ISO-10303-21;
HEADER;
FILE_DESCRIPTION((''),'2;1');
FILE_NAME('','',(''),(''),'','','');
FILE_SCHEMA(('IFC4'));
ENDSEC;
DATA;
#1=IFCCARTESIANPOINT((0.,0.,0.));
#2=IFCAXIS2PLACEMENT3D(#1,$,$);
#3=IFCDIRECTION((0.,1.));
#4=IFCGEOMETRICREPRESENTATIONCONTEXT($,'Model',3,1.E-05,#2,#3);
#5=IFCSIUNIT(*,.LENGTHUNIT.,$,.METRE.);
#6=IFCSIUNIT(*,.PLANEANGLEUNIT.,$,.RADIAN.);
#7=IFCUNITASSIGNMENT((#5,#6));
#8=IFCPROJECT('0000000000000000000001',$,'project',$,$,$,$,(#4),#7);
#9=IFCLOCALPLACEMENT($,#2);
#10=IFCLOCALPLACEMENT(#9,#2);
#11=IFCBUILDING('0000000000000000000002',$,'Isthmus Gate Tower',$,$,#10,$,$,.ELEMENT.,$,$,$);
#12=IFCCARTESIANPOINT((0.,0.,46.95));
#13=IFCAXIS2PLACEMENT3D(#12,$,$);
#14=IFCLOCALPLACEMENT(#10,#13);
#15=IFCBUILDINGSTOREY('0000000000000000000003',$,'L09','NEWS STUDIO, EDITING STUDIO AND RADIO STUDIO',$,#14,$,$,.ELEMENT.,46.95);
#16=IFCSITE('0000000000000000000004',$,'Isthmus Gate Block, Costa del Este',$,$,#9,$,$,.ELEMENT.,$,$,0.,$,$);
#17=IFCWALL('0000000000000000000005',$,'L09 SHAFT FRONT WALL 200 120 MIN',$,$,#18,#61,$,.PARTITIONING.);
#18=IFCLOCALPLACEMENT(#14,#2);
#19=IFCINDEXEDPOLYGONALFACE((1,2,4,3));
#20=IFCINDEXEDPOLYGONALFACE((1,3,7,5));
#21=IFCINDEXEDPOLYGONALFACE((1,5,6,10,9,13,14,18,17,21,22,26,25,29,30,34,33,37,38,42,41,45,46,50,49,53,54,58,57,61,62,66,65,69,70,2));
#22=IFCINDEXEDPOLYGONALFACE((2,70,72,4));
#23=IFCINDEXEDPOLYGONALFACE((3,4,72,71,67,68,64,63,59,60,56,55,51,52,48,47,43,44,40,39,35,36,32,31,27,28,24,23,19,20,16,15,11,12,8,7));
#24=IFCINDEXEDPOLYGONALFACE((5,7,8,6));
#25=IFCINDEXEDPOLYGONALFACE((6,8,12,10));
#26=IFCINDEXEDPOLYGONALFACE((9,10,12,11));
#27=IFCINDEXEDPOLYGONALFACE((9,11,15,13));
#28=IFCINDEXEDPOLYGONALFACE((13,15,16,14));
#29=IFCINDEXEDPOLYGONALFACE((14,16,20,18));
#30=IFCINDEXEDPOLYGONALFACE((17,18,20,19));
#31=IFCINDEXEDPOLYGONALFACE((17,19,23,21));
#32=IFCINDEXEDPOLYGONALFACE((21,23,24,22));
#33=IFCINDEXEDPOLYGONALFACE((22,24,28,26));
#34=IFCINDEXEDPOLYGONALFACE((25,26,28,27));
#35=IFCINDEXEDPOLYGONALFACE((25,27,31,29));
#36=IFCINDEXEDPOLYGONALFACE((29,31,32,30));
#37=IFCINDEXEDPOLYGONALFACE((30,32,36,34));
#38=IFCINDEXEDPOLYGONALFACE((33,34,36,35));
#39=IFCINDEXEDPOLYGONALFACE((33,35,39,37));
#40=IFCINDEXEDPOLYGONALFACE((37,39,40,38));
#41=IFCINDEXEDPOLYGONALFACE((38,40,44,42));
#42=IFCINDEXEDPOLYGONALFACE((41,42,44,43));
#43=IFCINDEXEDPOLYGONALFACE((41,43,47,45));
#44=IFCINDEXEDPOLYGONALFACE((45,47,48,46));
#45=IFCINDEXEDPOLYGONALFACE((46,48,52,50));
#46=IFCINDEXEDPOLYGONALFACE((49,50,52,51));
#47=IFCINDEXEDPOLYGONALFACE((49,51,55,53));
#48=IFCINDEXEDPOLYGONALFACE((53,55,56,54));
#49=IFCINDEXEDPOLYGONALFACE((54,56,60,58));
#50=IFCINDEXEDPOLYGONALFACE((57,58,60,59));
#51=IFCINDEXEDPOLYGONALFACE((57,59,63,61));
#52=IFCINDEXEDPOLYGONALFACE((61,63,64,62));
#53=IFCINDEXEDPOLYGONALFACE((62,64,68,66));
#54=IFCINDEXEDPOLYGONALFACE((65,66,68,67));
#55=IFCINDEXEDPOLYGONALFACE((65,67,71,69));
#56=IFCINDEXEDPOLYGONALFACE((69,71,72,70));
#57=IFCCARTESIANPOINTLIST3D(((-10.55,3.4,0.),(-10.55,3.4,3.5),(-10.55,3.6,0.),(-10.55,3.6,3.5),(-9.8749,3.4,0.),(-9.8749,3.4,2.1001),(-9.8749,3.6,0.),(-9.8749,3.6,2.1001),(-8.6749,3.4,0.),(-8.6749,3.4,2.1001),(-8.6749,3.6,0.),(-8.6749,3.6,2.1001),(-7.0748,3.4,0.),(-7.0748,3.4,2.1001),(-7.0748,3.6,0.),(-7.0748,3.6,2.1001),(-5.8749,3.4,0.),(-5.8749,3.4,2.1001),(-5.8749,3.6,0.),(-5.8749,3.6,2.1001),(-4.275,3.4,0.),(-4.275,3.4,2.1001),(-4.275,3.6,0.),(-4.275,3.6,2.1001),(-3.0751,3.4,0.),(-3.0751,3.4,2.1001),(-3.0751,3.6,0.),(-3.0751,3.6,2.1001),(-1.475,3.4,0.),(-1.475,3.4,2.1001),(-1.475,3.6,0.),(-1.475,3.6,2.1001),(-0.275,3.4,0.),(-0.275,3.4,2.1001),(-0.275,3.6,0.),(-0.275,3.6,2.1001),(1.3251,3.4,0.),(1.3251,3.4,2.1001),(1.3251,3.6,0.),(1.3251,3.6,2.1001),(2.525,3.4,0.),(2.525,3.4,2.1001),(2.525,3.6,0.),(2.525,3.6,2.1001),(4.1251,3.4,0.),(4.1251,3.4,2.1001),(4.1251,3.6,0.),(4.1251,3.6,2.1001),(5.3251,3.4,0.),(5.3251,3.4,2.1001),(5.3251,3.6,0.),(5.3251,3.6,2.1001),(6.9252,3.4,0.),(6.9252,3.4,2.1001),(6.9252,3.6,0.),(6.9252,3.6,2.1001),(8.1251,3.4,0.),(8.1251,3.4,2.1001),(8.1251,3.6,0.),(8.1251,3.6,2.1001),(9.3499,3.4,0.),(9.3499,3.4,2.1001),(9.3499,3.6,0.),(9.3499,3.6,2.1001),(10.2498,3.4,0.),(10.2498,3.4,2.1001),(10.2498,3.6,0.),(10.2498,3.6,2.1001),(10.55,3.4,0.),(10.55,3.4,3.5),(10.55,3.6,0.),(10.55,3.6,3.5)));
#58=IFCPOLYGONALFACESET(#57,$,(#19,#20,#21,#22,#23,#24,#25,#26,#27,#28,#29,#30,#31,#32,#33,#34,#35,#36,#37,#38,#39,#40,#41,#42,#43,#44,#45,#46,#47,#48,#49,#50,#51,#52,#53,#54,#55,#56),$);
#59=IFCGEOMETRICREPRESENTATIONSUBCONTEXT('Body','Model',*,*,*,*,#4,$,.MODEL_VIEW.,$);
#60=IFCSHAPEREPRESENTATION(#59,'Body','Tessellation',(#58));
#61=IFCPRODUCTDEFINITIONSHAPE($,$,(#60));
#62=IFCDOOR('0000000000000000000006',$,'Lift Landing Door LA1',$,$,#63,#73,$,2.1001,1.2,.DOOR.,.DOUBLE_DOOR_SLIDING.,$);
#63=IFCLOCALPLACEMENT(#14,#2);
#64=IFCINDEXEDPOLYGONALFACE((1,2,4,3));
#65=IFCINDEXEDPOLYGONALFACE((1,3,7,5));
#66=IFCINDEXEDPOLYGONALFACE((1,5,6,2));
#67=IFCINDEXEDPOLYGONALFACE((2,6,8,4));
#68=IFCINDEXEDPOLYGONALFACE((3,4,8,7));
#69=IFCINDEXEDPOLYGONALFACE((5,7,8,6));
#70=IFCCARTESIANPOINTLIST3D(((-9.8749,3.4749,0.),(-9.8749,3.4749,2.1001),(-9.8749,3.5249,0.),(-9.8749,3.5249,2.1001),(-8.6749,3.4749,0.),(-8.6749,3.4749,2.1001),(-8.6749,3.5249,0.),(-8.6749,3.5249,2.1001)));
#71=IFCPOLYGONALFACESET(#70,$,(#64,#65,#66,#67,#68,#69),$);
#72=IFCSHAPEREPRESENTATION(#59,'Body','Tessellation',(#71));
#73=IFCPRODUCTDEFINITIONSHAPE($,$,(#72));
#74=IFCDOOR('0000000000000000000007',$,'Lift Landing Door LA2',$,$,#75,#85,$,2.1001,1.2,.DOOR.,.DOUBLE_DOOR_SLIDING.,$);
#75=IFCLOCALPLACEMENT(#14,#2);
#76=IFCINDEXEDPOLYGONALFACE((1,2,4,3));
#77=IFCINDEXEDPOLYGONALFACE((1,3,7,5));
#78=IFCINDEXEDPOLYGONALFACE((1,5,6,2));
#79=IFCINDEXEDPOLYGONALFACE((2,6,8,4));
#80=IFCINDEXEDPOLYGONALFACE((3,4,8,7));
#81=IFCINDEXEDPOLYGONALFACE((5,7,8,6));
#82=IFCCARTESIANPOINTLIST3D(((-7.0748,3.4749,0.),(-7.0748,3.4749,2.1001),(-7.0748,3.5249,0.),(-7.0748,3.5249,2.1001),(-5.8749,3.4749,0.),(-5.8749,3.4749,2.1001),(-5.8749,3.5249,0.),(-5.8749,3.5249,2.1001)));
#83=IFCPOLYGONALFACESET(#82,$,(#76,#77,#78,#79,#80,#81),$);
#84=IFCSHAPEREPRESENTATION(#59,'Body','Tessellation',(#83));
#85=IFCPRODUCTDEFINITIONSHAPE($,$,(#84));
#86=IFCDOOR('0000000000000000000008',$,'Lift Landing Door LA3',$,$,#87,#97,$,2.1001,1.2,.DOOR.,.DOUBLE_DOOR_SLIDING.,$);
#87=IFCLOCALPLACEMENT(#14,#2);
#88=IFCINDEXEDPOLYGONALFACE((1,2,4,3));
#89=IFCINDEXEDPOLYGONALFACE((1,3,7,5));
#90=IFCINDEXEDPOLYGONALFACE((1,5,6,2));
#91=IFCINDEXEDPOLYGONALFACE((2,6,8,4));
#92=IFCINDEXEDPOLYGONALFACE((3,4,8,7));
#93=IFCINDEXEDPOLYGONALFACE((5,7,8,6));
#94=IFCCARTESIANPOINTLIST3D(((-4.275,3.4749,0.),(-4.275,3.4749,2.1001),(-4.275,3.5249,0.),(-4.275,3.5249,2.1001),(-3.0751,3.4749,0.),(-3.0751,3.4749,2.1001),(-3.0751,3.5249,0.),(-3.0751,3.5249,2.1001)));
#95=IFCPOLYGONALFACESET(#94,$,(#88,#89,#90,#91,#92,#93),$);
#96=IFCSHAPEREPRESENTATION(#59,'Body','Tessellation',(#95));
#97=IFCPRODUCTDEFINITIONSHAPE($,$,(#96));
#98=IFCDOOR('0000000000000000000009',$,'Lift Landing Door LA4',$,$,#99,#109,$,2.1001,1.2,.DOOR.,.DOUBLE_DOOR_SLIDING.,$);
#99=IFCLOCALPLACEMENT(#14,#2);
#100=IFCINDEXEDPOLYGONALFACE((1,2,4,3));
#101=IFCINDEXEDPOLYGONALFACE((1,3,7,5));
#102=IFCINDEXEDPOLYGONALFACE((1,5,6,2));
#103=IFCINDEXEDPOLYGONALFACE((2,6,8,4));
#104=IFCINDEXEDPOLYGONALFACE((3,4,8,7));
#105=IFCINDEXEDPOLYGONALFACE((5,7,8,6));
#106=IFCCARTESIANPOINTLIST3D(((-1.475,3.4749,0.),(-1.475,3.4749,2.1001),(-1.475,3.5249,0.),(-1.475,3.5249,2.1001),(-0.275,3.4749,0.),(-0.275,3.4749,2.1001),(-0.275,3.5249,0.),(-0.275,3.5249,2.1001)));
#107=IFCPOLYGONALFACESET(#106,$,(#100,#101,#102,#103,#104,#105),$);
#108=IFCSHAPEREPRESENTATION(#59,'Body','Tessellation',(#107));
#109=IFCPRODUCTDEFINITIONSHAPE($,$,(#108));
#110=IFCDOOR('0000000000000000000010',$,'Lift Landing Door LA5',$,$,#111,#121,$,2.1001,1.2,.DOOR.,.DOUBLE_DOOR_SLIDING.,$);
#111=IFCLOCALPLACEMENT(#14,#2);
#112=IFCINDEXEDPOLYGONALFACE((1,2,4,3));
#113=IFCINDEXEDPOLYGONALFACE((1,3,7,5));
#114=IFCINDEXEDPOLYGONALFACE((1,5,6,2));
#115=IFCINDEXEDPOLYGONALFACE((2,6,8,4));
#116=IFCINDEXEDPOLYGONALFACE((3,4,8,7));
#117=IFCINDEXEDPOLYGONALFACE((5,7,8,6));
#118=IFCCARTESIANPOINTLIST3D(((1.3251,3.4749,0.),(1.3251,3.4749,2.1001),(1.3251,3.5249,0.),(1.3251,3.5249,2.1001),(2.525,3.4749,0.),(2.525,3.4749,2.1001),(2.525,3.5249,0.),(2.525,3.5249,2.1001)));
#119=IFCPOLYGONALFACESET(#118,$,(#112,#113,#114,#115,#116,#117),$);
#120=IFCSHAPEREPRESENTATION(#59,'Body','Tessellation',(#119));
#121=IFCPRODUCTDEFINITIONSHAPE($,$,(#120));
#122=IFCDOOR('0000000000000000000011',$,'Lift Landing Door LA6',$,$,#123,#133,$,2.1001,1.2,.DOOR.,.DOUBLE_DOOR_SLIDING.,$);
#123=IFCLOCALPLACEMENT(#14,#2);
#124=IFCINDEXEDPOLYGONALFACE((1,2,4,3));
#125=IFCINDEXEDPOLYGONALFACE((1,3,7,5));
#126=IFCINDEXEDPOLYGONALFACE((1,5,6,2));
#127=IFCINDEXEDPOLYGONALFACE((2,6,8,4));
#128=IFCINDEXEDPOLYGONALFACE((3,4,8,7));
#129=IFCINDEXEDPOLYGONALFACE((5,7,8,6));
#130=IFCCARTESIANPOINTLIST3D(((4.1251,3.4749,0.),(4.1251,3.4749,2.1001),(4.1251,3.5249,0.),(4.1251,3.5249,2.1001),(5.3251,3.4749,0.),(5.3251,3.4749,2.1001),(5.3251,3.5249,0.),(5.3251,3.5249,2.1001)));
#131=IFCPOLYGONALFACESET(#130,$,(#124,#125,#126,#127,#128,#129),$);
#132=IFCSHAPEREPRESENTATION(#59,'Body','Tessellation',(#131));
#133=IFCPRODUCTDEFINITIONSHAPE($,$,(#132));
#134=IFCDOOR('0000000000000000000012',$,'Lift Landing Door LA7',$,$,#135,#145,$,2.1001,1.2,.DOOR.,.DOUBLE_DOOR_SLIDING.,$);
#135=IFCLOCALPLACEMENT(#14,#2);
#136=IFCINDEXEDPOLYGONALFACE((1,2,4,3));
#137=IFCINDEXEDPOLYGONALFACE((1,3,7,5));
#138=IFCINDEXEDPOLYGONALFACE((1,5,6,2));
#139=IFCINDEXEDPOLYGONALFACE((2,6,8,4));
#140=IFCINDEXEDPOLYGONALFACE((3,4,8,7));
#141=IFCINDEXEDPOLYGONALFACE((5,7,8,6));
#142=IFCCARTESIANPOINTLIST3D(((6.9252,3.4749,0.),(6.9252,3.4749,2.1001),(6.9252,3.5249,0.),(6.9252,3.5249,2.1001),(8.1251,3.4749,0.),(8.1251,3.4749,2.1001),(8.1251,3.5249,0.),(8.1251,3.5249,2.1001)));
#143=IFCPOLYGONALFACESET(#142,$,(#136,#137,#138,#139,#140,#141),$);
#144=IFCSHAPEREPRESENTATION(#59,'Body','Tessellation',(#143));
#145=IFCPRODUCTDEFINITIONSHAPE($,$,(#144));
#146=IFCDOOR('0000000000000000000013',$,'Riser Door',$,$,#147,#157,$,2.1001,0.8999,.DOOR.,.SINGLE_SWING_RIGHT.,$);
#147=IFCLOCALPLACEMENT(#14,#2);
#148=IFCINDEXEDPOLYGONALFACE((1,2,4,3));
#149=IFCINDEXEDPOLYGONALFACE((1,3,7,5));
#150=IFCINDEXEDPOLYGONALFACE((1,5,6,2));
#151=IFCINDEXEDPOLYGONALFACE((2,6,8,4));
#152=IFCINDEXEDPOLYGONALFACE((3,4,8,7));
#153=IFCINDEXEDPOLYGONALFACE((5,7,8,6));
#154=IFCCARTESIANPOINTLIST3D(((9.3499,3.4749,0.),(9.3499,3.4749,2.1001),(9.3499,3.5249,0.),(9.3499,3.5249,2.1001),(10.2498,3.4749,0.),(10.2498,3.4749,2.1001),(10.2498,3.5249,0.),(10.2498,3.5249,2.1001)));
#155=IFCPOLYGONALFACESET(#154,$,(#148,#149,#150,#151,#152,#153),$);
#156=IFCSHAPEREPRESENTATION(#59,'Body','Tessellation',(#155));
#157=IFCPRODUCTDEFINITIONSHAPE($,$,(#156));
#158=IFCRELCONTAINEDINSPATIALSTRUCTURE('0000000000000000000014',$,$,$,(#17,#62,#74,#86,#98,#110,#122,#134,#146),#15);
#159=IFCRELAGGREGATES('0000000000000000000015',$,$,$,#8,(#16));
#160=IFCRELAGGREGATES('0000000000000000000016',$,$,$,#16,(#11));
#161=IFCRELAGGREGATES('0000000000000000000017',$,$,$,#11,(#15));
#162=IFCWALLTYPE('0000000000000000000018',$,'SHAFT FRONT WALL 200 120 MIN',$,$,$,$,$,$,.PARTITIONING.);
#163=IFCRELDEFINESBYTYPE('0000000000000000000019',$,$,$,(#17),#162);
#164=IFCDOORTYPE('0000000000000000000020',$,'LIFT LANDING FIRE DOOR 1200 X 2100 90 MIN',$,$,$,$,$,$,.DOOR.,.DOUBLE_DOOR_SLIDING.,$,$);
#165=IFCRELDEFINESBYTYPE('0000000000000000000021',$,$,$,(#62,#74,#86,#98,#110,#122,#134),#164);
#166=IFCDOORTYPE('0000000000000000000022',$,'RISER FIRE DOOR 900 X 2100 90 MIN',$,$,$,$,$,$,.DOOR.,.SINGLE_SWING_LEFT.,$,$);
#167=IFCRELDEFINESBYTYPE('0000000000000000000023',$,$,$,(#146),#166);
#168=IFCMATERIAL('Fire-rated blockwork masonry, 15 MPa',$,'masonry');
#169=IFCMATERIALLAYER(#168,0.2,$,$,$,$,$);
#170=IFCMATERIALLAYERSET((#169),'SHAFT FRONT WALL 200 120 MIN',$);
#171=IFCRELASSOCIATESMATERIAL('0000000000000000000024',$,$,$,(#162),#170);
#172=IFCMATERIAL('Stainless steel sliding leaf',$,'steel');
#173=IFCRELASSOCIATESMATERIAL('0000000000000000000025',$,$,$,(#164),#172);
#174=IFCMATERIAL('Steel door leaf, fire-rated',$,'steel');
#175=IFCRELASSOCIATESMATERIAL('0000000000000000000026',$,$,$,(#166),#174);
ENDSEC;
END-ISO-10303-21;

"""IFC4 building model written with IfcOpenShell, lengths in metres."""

from ifc_helpers import new_model, si_unit, direction, frame, frame_2d, origin, place, context, subcontext, project, spatial, rectangle, extrude, material, layer, layer_set, type_object, element, fill, save


model = new_model("IFC4")

# Units and contexts
model_context = context("Model", 3, precision=1e-05, world=origin(), true_north=direction((0.0, 1.0)))
body_context = subcontext(model_context, "Body", "Model", "MODEL_VIEW")
ifc_project = project(units=[si_unit("LENGTHUNIT", "METRE"), si_unit("PLANEANGLEUNIT", "RADIAN")], contexts=[model_context])

# Site, building, storey
site_placement = place(None, origin())
site = spatial("IfcSite", under=ifc_project, at=site_placement, Name="Isthmus Gate Block, Costa del Este", CompositionType="ELEMENT", RefElevation=0.0)
building_placement = place(site_placement, origin())
building = spatial("IfcBuilding", under=site, at=building_placement, Name="Isthmus Gate Tower", CompositionType="ELEMENT")
storey_placement = place(building_placement, frame((0.0, 0.0, 46.95)))
storey = spatial("IfcBuildingStorey", under=building, at=storey_placement, Name="L09", Description="NEWS STUDIO, EDITING STUDIO AND RADIO STUDIO", CompositionType="ELEMENT", Elevation=46.95)

# Wall, openings, doors
ifc_material_1 = material(Name="Fire-rated blockwork masonry, 15 MPa", Category="masonry")
ifc_layer_1 = layer(ifc_material_1, 0.2)
ifc_layer_set_1 = layer_set([ifc_layer_1], Name="SHAFT FRONT WALL 200 120 MIN")
wall_type_1 = type_object("IfcWallType", Name="SHAFT FRONT WALL 200 120 MIN", PredefinedType="PARTITIONING", material=ifc_layer_set_1)
wall_1_placement = place(storey_placement, frame((-10.55, 3.5, 0.0), z_axis=(0.0, 0.0, 1.0), x_axis=(1.0, 0.0, 0.0)))
wall_1 = element("IfcWall", 1, at=wall_1_placement, inside=storey, type_object=wall_type_1, Name="L09 SHAFT FRONT WALL 200 120 MIN", PredefinedType="PARTITIONING", context=body_context, shape_type="SweptSolid", body=[
    extrude(rectangle(XDim=21.1001, YDim=0.2, at=frame_2d((10.55, 0.0))), origin(), (0.0, 0.0, 1.0), 3.5),
])
opening_1_placement = place(wall_1_placement, frame((0.675, 0.0, 0.0)))
opening_1 = element("IfcOpeningElement", 2, at=opening_1_placement, cuts=wall_1, PredefinedType="OPENING", context=body_context, shape_type="SweptSolid", body=[
    extrude(rectangle(XDim=1.2, YDim=2.1001, at=frame_2d((0.6001, 1.05))), frame((0.0, 0.1099, 0.0), z_axis=(0.0, -1.0, 0.0), x_axis=(1.0, 0.0, 0.0)), (0.0, 0.0, 1.0), 0.22),
])
opening_2_placement = place(wall_1_placement, frame((3.4751, 0.0, 0.0)))
opening_2 = element("IfcOpeningElement", 3, at=opening_2_placement, cuts=wall_1, PredefinedType="OPENING", context=body_context, shape_type="SweptSolid", body=[
    extrude(rectangle(XDim=1.2, YDim=2.1001, at=frame_2d((0.6001, 1.05))), frame((0.0, 0.1099, 0.0), z_axis=(0.0, -1.0, 0.0), x_axis=(1.0, 0.0, 0.0)), (0.0, 0.0, 1.0), 0.22),
])
opening_3_placement = place(wall_1_placement, frame((6.2749, 0.0, 0.0)))
opening_3 = element("IfcOpeningElement", 4, at=opening_3_placement, cuts=wall_1, PredefinedType="OPENING", context=body_context, shape_type="SweptSolid", body=[
    extrude(rectangle(XDim=1.2, YDim=2.1001, at=frame_2d((0.6001, 1.05))), frame((0.0, 0.1099, 0.0), z_axis=(0.0, -1.0, 0.0), x_axis=(1.0, 0.0, 0.0)), (0.0, 0.0, 1.0), 0.22),
])
opening_4_placement = place(wall_1_placement, frame((9.075, 0.0, 0.0)))
opening_4 = element("IfcOpeningElement", 5, at=opening_4_placement, cuts=wall_1, PredefinedType="OPENING", context=body_context, shape_type="SweptSolid", body=[
    extrude(rectangle(XDim=1.2, YDim=2.1001, at=frame_2d((0.6001, 1.05))), frame((0.0, 0.1099, 0.0), z_axis=(0.0, -1.0, 0.0), x_axis=(1.0, 0.0, 0.0)), (0.0, 0.0, 1.0), 0.22),
])
opening_5_placement = place(wall_1_placement, frame((11.875, 0.0, 0.0)))
opening_5 = element("IfcOpeningElement", 6, at=opening_5_placement, cuts=wall_1, PredefinedType="OPENING", context=body_context, shape_type="SweptSolid", body=[
    extrude(rectangle(XDim=1.2, YDim=2.1001, at=frame_2d((0.6001, 1.05))), frame((0.0, 0.1099, 0.0), z_axis=(0.0, -1.0, 0.0), x_axis=(1.0, 0.0, 0.0)), (0.0, 0.0, 1.0), 0.22),
])
opening_6_placement = place(wall_1_placement, frame((14.675, 0.0, 0.0)))
opening_6 = element("IfcOpeningElement", 7, at=opening_6_placement, cuts=wall_1, PredefinedType="OPENING", context=body_context, shape_type="SweptSolid", body=[
    extrude(rectangle(XDim=1.2, YDim=2.1001, at=frame_2d((0.6001, 1.05))), frame((0.0, 0.1099, 0.0), z_axis=(0.0, -1.0, 0.0), x_axis=(1.0, 0.0, 0.0)), (0.0, 0.0, 1.0), 0.22),
])
opening_7_placement = place(wall_1_placement, frame((17.4751, 0.0, 0.0)))
opening_7 = element("IfcOpeningElement", 8, at=opening_7_placement, cuts=wall_1, PredefinedType="OPENING", context=body_context, shape_type="SweptSolid", body=[
    extrude(rectangle(XDim=1.2, YDim=2.1001, at=frame_2d((0.6001, 1.05))), frame((0.0, 0.1099, 0.0), z_axis=(0.0, -1.0, 0.0), x_axis=(1.0, 0.0, 0.0)), (0.0, 0.0, 1.0), 0.22),
])
opening_8_placement = place(wall_1_placement, frame((19.8999, 0.0, 0.0)))
opening_8 = element("IfcOpeningElement", 9, at=opening_8_placement, cuts=wall_1, PredefinedType="OPENING", context=body_context, shape_type="SweptSolid", body=[
    extrude(rectangle(XDim=0.8999, YDim=2.1001, at=frame_2d((0.45, 1.05))), frame((0.0, 0.1099, 0.0), z_axis=(0.0, -1.0, 0.0), x_axis=(1.0, 0.0, 0.0)), (0.0, 0.0, 1.0), 0.22),
])
ifc_material_2 = material(Name="Stainless steel sliding leaf", Category="steel")
door_type_1 = type_object("IfcDoorType", Name="LIFT LANDING FIRE DOOR 1200 X 2100 90 MIN", OperationType="DOUBLE_DOOR_SLIDING", PredefinedType="DOOR", material=ifc_material_2)
door_1_placement = place(opening_1_placement, origin())
door_1 = element("IfcDoor", 10, at=door_1_placement, inside=storey, type_object=door_type_1, Name="Lift Landing Door LA1", OperationType="DOUBLE_DOOR_SLIDING", OverallHeight=2.1001, OverallWidth=1.2, PredefinedType="DOOR", context=body_context, shape_type="SweptSolid", body=[
    extrude(rectangle(XDim=1.2, YDim=2.1001, at=frame_2d((0.6001, 1.05))), frame((0.0, 0.0249, 0.0), z_axis=(0.0, -1.0, 0.0), x_axis=(1.0, 0.0, 0.0)), (0.0, 0.0, 1.0), 0.05),
])
fill(opening_1, door_1)
door_2_placement = place(opening_2_placement, origin())
door_2 = element("IfcDoor", 11, at=door_2_placement, inside=storey, type_object=door_type_1, Name="Lift Landing Door LA2", OperationType="DOUBLE_DOOR_SLIDING", OverallHeight=2.1001, OverallWidth=1.2, PredefinedType="DOOR", context=body_context, shape_type="SweptSolid", body=[
    extrude(rectangle(XDim=1.2, YDim=2.1001, at=frame_2d((0.6001, 1.05))), frame((0.0, 0.0249, 0.0), z_axis=(0.0, -1.0, 0.0), x_axis=(1.0, 0.0, 0.0)), (0.0, 0.0, 1.0), 0.05),
])
fill(opening_2, door_2)
door_3_placement = place(opening_3_placement, origin())
door_3 = element("IfcDoor", 12, at=door_3_placement, inside=storey, type_object=door_type_1, Name="Lift Landing Door LA3", OperationType="DOUBLE_DOOR_SLIDING", OverallHeight=2.1001, OverallWidth=1.2, PredefinedType="DOOR", context=body_context, shape_type="SweptSolid", body=[
    extrude(rectangle(XDim=1.2, YDim=2.1001, at=frame_2d((0.6001, 1.05))), frame((0.0, 0.0249, 0.0), z_axis=(0.0, -1.0, 0.0), x_axis=(1.0, 0.0, 0.0)), (0.0, 0.0, 1.0), 0.05),
])
fill(opening_3, door_3)
door_4_placement = place(opening_4_placement, origin())
door_4 = element("IfcDoor", 13, at=door_4_placement, inside=storey, type_object=door_type_1, Name="Lift Landing Door LA4", OperationType="DOUBLE_DOOR_SLIDING", OverallHeight=2.1001, OverallWidth=1.2, PredefinedType="DOOR", context=body_context, shape_type="SweptSolid", body=[
    extrude(rectangle(XDim=1.2, YDim=2.1001, at=frame_2d((0.6001, 1.05))), frame((0.0, 0.0249, 0.0), z_axis=(0.0, -1.0, 0.0), x_axis=(1.0, 0.0, 0.0)), (0.0, 0.0, 1.0), 0.05),
])
fill(opening_4, door_4)
door_5_placement = place(opening_5_placement, origin())
door_5 = element("IfcDoor", 14, at=door_5_placement, inside=storey, type_object=door_type_1, Name="Lift Landing Door LA5", OperationType="DOUBLE_DOOR_SLIDING", OverallHeight=2.1001, OverallWidth=1.2, PredefinedType="DOOR", context=body_context, shape_type="SweptSolid", body=[
    extrude(rectangle(XDim=1.2, YDim=2.1001, at=frame_2d((0.6001, 1.05))), frame((0.0, 0.0249, 0.0), z_axis=(0.0, -1.0, 0.0), x_axis=(1.0, 0.0, 0.0)), (0.0, 0.0, 1.0), 0.05),
])
fill(opening_5, door_5)
door_6_placement = place(opening_6_placement, origin())
door_6 = element("IfcDoor", 15, at=door_6_placement, inside=storey, type_object=door_type_1, Name="Lift Landing Door LA6", OperationType="DOUBLE_DOOR_SLIDING", OverallHeight=2.1001, OverallWidth=1.2, PredefinedType="DOOR", context=body_context, shape_type="SweptSolid", body=[
    extrude(rectangle(XDim=1.2, YDim=2.1001, at=frame_2d((0.6001, 1.05))), frame((0.0, 0.0249, 0.0), z_axis=(0.0, -1.0, 0.0), x_axis=(1.0, 0.0, 0.0)), (0.0, 0.0, 1.0), 0.05),
])
fill(opening_6, door_6)
door_7_placement = place(opening_7_placement, origin())
door_7 = element("IfcDoor", 16, at=door_7_placement, inside=storey, type_object=door_type_1, Name="Lift Landing Door LA7", OperationType="DOUBLE_DOOR_SLIDING", OverallHeight=2.1001, OverallWidth=1.2, PredefinedType="DOOR", context=body_context, shape_type="SweptSolid", body=[
    extrude(rectangle(XDim=1.2, YDim=2.1001, at=frame_2d((0.6001, 1.05))), frame((0.0, 0.0249, 0.0), z_axis=(0.0, -1.0, 0.0), x_axis=(1.0, 0.0, 0.0)), (0.0, 0.0, 1.0), 0.05),
])
fill(opening_7, door_7)
ifc_material_3 = material(Name="Steel door leaf, fire-rated", Category="steel")
door_type_2 = type_object("IfcDoorType", Name="RISER FIRE DOOR 900 X 2100 90 MIN", OperationType="SINGLE_SWING_LEFT", PredefinedType="DOOR", material=ifc_material_3)
door_8_placement = place(opening_8_placement, origin())
door_8 = element("IfcDoor", 17, at=door_8_placement, inside=storey, type_object=door_type_2, Name="Riser Door", OperationType="SINGLE_SWING_RIGHT", OverallHeight=2.1001, OverallWidth=0.8999, PredefinedType="DOOR", context=body_context, shape_type="SweptSolid", body=[
    extrude(rectangle(XDim=0.8999, YDim=2.1001, at=frame_2d((0.45, 1.05))), frame((0.0, 0.0249, 0.0), z_axis=(0.0, -1.0, 0.0), x_axis=(1.0, 0.0, 0.0)), (0.0, 0.0, 1.0), 0.05),
])
fill(opening_8, door_8)

save(model, "model.ifc")
